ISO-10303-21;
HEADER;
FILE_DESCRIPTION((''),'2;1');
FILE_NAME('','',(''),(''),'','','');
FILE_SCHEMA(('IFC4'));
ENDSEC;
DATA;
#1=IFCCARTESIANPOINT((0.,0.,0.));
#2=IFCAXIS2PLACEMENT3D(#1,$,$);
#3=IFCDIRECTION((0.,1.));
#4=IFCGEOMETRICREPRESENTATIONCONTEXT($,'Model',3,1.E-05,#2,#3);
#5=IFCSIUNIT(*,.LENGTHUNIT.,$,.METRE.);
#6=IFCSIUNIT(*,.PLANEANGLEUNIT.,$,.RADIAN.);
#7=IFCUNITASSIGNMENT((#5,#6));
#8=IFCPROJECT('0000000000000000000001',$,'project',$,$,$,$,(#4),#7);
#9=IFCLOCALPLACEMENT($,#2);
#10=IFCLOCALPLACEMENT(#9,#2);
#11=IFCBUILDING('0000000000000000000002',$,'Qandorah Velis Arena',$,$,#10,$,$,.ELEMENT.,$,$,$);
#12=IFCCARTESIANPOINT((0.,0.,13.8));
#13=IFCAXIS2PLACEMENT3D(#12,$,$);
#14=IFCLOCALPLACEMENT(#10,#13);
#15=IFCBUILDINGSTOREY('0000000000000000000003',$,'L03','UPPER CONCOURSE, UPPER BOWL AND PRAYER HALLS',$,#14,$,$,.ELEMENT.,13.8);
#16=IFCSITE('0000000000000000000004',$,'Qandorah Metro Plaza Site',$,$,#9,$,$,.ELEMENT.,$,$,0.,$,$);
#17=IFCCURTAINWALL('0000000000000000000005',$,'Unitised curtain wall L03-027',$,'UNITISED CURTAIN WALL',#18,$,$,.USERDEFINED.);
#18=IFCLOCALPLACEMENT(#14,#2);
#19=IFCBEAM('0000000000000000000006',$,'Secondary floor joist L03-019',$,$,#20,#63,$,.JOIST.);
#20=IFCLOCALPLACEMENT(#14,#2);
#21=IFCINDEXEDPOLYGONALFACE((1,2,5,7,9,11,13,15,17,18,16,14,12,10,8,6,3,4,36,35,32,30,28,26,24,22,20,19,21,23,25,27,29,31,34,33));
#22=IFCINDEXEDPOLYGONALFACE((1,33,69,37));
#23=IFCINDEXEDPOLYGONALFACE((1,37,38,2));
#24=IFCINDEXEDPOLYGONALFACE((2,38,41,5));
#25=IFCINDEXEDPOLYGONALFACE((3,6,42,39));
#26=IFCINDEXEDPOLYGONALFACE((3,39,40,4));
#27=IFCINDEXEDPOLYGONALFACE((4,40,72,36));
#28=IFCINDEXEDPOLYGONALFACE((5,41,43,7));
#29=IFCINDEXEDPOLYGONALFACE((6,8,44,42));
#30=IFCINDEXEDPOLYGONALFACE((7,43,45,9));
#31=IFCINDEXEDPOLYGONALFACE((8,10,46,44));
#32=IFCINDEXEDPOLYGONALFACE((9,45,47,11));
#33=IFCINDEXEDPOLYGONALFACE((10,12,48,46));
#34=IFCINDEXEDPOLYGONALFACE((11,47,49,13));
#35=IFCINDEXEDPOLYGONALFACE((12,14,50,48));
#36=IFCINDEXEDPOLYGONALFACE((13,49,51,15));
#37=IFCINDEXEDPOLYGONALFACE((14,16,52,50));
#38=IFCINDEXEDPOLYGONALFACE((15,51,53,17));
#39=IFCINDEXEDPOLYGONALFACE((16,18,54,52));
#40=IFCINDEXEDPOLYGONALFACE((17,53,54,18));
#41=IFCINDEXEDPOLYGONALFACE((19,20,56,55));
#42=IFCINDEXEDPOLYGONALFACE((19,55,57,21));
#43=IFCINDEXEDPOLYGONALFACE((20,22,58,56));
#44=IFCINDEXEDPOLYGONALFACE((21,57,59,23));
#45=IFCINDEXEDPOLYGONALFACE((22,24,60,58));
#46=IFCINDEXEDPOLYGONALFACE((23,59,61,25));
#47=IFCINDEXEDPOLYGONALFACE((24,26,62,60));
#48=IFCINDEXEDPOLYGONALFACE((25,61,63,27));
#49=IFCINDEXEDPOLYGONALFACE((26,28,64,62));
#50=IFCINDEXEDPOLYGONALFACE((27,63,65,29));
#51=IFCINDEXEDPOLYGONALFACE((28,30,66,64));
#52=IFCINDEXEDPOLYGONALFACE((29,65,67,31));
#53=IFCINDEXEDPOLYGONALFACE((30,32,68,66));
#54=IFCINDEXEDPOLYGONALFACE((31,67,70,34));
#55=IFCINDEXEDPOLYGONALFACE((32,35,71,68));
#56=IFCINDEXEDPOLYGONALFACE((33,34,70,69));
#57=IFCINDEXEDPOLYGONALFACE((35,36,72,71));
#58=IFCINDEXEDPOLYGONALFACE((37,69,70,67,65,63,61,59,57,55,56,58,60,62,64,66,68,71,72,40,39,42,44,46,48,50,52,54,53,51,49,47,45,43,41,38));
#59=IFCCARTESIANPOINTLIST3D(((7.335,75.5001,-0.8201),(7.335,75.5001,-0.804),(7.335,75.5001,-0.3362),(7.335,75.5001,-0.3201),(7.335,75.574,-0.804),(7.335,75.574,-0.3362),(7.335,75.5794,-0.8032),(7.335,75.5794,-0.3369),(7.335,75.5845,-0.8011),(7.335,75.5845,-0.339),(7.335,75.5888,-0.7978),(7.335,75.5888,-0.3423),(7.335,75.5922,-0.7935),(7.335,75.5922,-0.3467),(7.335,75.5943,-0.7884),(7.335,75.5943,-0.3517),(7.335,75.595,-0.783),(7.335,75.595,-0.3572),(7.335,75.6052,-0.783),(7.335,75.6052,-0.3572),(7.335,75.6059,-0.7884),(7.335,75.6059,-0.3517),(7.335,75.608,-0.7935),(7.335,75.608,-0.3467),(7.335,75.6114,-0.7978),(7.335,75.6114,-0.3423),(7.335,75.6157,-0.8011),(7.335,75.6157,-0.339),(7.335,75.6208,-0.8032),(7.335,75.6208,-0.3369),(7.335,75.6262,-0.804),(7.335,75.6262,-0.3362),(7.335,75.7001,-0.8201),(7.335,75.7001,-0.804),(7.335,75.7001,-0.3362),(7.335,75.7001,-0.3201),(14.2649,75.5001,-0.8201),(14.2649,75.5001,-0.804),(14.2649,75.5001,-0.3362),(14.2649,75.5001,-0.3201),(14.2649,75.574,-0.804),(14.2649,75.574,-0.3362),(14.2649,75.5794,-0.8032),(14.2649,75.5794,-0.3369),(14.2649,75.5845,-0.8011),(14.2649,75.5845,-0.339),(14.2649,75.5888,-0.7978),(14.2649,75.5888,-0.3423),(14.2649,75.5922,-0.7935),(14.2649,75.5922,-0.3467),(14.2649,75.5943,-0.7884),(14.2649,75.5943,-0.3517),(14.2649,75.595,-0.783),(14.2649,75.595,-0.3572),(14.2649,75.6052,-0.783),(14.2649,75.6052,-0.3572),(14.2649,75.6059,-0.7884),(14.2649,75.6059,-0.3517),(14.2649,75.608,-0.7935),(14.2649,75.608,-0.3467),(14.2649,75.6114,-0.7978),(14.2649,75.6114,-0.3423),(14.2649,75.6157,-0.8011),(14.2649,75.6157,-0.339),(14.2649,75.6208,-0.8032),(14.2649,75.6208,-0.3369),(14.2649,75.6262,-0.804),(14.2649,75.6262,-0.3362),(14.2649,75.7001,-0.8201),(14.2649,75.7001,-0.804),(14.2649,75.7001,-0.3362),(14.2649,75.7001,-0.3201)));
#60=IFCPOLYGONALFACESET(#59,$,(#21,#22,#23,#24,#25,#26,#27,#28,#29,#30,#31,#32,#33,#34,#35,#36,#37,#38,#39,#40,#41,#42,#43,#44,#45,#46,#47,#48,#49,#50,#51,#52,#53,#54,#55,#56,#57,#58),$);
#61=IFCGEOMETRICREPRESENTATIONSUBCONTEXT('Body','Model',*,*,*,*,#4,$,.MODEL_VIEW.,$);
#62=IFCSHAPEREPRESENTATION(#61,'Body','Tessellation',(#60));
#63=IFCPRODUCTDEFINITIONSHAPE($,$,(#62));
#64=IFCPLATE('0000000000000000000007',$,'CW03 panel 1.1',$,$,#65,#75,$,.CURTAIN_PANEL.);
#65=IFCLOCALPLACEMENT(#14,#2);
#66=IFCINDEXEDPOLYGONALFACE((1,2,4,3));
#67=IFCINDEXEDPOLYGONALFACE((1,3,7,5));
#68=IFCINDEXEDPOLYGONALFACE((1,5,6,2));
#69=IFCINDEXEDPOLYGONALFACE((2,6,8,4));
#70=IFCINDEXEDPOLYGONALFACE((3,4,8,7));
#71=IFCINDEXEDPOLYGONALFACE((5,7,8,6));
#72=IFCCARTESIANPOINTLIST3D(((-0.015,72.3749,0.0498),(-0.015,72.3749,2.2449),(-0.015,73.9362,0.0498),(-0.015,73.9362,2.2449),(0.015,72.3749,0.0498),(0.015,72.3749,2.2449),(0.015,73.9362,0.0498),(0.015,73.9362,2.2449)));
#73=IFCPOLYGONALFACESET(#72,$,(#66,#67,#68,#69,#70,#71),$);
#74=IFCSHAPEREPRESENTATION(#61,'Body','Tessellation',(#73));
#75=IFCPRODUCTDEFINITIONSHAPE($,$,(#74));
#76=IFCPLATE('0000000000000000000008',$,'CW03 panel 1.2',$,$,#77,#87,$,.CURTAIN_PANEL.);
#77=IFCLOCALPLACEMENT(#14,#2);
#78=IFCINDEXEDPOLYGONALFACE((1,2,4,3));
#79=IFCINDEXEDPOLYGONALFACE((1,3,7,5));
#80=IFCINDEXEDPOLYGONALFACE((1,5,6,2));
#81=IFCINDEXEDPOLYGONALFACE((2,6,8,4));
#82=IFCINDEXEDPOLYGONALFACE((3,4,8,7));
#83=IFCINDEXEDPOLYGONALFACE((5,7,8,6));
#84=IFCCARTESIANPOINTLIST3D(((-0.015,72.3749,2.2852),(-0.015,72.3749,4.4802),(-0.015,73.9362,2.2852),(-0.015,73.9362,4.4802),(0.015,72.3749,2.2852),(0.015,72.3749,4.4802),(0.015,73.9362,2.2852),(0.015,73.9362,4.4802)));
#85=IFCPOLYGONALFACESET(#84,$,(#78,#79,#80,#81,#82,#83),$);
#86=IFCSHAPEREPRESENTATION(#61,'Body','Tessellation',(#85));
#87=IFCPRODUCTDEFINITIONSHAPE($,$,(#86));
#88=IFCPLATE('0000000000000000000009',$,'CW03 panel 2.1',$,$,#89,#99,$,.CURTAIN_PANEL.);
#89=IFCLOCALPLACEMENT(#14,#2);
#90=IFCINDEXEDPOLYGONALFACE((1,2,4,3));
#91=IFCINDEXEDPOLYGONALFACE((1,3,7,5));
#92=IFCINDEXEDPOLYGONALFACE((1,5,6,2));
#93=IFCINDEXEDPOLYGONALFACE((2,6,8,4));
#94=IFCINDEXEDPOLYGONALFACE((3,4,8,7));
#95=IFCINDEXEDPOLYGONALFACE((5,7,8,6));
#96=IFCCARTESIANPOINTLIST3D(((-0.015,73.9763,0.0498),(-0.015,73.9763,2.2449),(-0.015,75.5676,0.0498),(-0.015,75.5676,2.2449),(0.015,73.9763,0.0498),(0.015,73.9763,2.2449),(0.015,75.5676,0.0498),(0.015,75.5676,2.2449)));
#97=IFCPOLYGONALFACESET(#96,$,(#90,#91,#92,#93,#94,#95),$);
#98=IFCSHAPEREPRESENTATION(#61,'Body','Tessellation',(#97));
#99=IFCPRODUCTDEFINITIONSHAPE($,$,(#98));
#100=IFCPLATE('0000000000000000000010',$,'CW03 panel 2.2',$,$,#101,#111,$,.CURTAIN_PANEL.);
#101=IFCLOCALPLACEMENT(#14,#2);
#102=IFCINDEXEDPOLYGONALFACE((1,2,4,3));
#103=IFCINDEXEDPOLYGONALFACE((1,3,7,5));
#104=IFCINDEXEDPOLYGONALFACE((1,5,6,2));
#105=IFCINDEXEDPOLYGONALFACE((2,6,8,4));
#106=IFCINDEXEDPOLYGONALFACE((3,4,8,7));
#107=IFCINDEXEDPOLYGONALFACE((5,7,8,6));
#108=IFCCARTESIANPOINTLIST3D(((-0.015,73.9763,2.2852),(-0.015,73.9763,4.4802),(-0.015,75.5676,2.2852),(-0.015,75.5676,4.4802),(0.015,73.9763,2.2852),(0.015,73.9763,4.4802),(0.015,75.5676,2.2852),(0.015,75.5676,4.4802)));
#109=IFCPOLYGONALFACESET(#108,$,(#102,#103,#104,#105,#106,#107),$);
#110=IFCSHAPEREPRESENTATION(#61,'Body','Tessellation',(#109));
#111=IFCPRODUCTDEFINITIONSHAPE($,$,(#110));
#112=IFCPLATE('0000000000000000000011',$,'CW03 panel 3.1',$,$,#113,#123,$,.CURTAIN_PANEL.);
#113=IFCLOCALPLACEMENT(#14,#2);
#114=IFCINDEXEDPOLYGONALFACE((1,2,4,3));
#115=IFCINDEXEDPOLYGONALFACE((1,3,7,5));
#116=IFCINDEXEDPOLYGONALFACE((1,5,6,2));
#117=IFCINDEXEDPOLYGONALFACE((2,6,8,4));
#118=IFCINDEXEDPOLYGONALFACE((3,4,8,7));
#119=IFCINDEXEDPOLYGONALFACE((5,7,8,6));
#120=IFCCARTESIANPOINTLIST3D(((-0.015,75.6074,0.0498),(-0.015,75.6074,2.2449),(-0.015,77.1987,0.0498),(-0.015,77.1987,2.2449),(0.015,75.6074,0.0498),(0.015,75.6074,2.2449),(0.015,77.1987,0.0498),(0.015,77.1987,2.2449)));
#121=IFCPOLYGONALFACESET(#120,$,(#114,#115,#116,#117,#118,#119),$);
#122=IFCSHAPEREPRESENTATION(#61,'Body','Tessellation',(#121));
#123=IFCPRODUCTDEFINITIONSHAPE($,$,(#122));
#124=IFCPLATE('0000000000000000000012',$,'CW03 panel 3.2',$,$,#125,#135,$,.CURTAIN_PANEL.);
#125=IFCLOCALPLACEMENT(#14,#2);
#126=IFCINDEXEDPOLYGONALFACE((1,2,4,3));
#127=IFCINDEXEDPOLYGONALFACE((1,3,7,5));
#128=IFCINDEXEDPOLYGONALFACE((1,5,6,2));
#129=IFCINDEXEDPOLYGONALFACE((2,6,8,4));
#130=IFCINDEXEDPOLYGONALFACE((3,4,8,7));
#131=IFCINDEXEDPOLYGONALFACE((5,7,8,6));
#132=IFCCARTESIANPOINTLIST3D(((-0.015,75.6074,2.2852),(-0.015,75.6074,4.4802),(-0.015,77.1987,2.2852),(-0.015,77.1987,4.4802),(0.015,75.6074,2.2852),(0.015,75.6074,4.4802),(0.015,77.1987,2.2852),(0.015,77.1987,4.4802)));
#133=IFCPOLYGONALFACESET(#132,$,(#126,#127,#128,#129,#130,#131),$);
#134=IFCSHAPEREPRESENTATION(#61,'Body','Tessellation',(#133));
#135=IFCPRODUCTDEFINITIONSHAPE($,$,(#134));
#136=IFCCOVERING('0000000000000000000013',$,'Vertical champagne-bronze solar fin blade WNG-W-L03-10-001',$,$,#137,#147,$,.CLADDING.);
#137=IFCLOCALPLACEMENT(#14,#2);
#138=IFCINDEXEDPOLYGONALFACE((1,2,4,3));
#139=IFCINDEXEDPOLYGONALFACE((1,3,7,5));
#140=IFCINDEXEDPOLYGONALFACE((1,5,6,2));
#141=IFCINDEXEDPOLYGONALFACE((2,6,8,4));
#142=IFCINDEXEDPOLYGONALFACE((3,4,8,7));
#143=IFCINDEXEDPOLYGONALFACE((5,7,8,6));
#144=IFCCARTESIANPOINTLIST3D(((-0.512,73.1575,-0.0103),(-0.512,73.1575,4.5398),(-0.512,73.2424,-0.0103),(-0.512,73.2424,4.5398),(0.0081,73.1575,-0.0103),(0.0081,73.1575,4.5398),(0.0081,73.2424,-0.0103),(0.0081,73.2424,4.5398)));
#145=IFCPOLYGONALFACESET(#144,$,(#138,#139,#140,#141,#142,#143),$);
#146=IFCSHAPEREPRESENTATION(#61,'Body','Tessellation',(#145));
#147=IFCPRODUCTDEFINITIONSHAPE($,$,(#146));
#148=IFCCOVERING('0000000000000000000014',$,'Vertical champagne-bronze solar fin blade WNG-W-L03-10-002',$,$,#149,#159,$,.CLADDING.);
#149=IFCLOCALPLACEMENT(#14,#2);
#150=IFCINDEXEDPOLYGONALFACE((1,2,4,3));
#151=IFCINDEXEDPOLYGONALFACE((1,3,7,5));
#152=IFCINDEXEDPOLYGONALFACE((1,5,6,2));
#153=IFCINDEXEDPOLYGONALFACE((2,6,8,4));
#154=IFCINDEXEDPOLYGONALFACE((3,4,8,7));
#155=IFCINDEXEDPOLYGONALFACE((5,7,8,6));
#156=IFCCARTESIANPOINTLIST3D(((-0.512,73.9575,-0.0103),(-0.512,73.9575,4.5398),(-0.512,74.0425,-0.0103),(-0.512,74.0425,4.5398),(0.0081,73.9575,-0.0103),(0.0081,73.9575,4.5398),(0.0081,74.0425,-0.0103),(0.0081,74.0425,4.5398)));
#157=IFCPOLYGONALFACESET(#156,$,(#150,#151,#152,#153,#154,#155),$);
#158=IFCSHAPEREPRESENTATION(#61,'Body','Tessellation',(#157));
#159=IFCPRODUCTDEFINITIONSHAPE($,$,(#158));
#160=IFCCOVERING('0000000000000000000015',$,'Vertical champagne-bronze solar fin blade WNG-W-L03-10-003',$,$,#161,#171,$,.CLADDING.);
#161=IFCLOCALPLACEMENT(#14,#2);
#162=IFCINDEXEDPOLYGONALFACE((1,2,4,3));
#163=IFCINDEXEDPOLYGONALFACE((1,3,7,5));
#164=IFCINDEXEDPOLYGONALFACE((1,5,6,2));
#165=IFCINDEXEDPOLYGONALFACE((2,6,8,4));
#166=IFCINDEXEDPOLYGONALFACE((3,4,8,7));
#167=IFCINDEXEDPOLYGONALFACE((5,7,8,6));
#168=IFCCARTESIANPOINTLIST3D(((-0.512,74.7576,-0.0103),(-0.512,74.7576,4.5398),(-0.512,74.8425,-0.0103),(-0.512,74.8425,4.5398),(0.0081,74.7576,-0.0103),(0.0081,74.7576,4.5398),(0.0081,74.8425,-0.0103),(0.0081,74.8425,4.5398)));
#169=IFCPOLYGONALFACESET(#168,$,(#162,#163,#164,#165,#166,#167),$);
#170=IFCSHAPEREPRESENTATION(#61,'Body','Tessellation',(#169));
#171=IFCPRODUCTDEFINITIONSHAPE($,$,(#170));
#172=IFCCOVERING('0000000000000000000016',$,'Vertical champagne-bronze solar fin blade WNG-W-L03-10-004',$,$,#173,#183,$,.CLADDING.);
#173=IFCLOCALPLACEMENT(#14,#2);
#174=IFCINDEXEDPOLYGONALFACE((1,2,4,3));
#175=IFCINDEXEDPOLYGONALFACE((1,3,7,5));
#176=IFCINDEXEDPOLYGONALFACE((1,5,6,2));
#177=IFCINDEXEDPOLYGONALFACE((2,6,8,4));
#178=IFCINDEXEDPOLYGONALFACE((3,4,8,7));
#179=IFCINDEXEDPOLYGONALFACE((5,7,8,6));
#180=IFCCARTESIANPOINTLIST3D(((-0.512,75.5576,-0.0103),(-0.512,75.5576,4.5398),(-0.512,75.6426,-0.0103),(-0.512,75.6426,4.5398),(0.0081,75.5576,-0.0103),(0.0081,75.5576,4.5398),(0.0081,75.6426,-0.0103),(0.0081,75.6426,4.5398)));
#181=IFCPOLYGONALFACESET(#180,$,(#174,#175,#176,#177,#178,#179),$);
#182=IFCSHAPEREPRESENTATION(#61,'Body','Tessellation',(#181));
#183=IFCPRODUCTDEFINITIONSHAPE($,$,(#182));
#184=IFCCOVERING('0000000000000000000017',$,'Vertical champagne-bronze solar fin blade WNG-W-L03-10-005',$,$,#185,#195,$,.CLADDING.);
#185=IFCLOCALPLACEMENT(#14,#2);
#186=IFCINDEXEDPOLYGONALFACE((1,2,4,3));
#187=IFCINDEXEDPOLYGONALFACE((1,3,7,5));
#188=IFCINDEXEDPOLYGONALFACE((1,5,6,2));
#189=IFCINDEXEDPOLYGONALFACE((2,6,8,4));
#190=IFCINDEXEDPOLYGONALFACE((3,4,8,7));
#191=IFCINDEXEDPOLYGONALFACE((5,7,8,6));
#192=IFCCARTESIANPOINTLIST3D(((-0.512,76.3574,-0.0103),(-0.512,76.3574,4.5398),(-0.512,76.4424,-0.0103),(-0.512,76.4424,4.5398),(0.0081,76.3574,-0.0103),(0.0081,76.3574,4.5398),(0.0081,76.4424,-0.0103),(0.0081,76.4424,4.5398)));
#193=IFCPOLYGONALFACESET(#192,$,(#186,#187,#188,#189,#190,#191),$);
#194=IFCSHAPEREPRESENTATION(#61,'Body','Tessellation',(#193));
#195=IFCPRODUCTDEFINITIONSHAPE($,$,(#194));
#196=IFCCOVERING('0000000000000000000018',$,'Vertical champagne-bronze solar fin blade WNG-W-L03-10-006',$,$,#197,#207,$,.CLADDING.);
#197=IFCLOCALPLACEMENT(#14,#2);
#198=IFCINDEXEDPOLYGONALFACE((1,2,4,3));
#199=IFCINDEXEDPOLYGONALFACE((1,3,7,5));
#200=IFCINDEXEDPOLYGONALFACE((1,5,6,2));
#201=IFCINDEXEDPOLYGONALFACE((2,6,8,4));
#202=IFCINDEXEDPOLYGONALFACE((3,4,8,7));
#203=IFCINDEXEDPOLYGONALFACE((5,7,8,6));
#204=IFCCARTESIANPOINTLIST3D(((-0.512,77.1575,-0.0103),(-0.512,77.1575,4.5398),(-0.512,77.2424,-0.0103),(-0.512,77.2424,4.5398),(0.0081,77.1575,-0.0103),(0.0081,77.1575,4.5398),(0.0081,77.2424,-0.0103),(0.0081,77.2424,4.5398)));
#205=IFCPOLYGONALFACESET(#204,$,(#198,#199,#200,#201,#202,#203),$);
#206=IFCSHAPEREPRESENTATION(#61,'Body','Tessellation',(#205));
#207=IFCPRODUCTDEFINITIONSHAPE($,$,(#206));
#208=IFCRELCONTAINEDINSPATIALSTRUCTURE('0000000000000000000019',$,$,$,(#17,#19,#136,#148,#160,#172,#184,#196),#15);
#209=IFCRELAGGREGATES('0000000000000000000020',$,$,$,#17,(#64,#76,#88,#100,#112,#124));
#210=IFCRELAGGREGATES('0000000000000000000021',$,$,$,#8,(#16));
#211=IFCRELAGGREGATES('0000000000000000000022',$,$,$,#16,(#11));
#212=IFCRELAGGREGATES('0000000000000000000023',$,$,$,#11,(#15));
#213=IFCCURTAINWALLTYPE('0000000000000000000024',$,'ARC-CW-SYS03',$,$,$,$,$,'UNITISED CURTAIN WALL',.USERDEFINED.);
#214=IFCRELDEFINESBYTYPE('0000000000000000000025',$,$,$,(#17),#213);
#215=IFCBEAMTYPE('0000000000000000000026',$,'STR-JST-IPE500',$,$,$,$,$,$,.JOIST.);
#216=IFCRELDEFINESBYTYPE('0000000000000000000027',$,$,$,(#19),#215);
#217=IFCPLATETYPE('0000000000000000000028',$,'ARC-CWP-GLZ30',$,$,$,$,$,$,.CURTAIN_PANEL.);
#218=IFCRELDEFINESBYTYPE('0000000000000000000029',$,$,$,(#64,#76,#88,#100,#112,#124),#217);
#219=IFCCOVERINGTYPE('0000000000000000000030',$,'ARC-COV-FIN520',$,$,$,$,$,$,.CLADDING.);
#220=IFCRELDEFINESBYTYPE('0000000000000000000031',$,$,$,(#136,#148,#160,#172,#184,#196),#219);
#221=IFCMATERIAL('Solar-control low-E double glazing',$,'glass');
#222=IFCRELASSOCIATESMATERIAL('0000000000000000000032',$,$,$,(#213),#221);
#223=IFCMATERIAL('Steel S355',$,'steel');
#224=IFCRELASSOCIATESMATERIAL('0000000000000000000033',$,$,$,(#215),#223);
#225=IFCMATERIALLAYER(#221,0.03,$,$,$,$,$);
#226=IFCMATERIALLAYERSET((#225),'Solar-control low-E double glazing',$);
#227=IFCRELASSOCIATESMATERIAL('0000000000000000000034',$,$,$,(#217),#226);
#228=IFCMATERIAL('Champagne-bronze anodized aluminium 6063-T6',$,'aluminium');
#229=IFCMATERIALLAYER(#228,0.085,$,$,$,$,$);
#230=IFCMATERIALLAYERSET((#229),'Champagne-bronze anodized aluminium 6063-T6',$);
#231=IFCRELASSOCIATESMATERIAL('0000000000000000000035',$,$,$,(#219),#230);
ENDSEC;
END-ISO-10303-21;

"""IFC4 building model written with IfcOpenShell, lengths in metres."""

from ifc_helpers import new_model, si_unit, direction, frame, origin, origin_2d, place, context, subcontext, project, spatial, rectangle, i_section, extrude, material, layer, layer_set, material_profile, profile_set, type_object, element, aggregate, save


model = new_model("IFC4")

# Units and contexts
model_context = context("Model", 3, precision=1e-05, world=origin(), true_north=direction((0.0, 1.0)))
body_context = subcontext(model_context, "Body", "Model", "MODEL_VIEW")
ifc_project = project(units=[si_unit("LENGTHUNIT", "METRE"), si_unit("PLANEANGLEUNIT", "RADIAN")], contexts=[model_context])

# Site, building, storey
site_placement = place(None, origin())
site = spatial("IfcSite", under=ifc_project, at=site_placement, Name="Qandorah Metro Plaza Site", CompositionType="ELEMENT", RefElevation=0.0)
building_placement = place(site_placement, origin())
building = spatial("IfcBuilding", under=site, at=building_placement, Name="Qandorah Velis Arena", CompositionType="ELEMENT")
storey_placement = place(building_placement, frame((0.0, 0.0, 13.8)))
storey = spatial("IfcBuildingStorey", under=building, at=storey_placement, Name="L03", Description="UPPER CONCOURSE, UPPER BOWL AND PRAYER HALLS", CompositionType="ELEMENT", Elevation=13.8)

# Curtain wall
ifc_material_1 = material(Name="Solar-control low-E double glazing", Category="glass")
curtain_wall_type = type_object("IfcCurtainWallType", Name="ARC-CW-SYS03", ElementType="UNITISED CURTAIN WALL", PredefinedType="USERDEFINED", material=ifc_material_1)
curtain_wall_placement = place(storey_placement, origin())
curtain_wall = element("IfcCurtainWall", 1, at=curtain_wall_placement, inside=storey, type_object=curtain_wall_type, Name="Unitised curtain wall L03-027", ObjectType="UNITISED CURTAIN WALL", PredefinedType="USERDEFINED")
ifc_material_2 = material(Name="Champagne-bronze anodized aluminium 6063-T6", Category="aluminium")

# Beam
ifc_material_3 = material(Name="Steel S355", Category="steel")
ifc_material_profile_1 = material_profile(ifc_material_3, i_section(OverallWidth=0.2, OverallDepth=0.5, WebThickness=0.0103, FlangeThickness=0.0161, FilletRadius=0.021, at=origin_2d()), Name="IPE 500")
ifc_profile_set_1 = profile_set([ifc_material_profile_1], Name="Steel S355")
beam_type_1 = type_object("IfcBeamType", Name="STR-JST-IPE500", PredefinedType="JOIST", material=ifc_profile_set_1)
beam_1_placement = place(storey_placement, frame((7.335, 75.6001, -0.5701), z_axis=(1.0, 0.0, 0.0), x_axis=(0.0, 1.0, 0.0)))
element("IfcBeam", 2, at=beam_1_placement, inside=storey, type_object=beam_type_1, Name="Secondary floor joist L03-019", PredefinedType="JOIST", context=body_context, shape_type="SweptSolid", body=[
    extrude(i_section(OverallWidth=0.2, OverallDepth=0.5, WebThickness=0.0103, FlangeThickness=0.0161, FilletRadius=0.021, at=origin_2d()), origin(), (0.0, 0.0, 1.0), 6.9299),
])

# Plates
ifc_layer_1 = layer(ifc_material_1, 0.03)
ifc_layer_set_1 = layer_set([ifc_layer_1], Name="Solar-control low-E double glazing")
plate_type = type_object("IfcPlateType", Name="ARC-CWP-GLZ30", PredefinedType="CURTAIN_PANEL", material=ifc_layer_set_1)
plate_1_placement = place(storey_placement, frame((0.0, 73.1555, 0.0498), z_axis=(0.0, 0.0, 1.0), x_axis=(0.0, 1.0, 0.0)))
plate_1 = element("IfcPlate", 3, at=plate_1_placement, type_object=plate_type, Name="CW03 panel 1.1", PredefinedType="CURTAIN_PANEL", context=body_context, shape_type="SweptSolid", body=[
    extrude(rectangle(XDim=1.5613, YDim=0.03, at=origin_2d()), origin(), (0.0, 0.0, 1.0), 2.1951),
])
plate_2_placement = place(storey_placement, frame((0.0, 73.1555, 2.2852), z_axis=(0.0, 0.0, 1.0), x_axis=(0.0, 1.0, 0.0)))
plate_2 = element("IfcPlate", 4, at=plate_2_placement, type_object=plate_type, Name="CW03 panel 1.2", PredefinedType="CURTAIN_PANEL", context=body_context, shape_type="SweptSolid", body=[
    extrude(rectangle(XDim=1.5613, YDim=0.03, at=origin_2d()), origin(), (0.0, 0.0, 1.0), 2.1951),
])
plate_3_placement = place(storey_placement, frame((0.0, 74.772, 0.0498), z_axis=(0.0, 0.0, 1.0), x_axis=(0.0, 1.0, 0.0)))
plate_3 = element("IfcPlate", 5, at=plate_3_placement, type_object=plate_type, Name="CW03 panel 2.1", PredefinedType="CURTAIN_PANEL", context=body_context, shape_type="SweptSolid", body=[
    extrude(rectangle(XDim=1.5913, YDim=0.03, at=origin_2d()), origin(), (0.0, 0.0, 1.0), 2.1951),
])
plate_4_placement = place(storey_placement, frame((0.0, 74.772, 2.2852), z_axis=(0.0, 0.0, 1.0), x_axis=(0.0, 1.0, 0.0)))
plate_4 = element("IfcPlate", 6, at=plate_4_placement, type_object=plate_type, Name="CW03 panel 2.2", PredefinedType="CURTAIN_PANEL", context=body_context, shape_type="SweptSolid", body=[
    extrude(rectangle(XDim=1.5913, YDim=0.03, at=origin_2d()), origin(), (0.0, 0.0, 1.0), 2.1951),
])
plate_5_placement = place(storey_placement, frame((0.0, 76.4031, 0.0498), z_axis=(0.0, 0.0, 1.0), x_axis=(0.0, 1.0, 0.0)))
plate_5 = element("IfcPlate", 7, at=plate_5_placement, type_object=plate_type, Name="CW03 panel 3.1", PredefinedType="CURTAIN_PANEL", context=body_context, shape_type="SweptSolid", body=[
    extrude(rectangle(XDim=1.5913, YDim=0.03, at=origin_2d()), origin(), (0.0, 0.0, 1.0), 2.1951),
])
plate_6_placement = place(storey_placement, frame((0.0, 76.4031, 2.2852), z_axis=(0.0, 0.0, 1.0), x_axis=(0.0, 1.0, 0.0)))
plate_6 = element("IfcPlate", 8, at=plate_6_placement, type_object=plate_type, Name="CW03 panel 3.2", PredefinedType="CURTAIN_PANEL", context=body_context, shape_type="SweptSolid", body=[
    extrude(rectangle(XDim=1.5913, YDim=0.03, at=origin_2d()), origin(), (0.0, 0.0, 1.0), 2.1951),
])
aggregate(curtain_wall, [plate_1, plate_2, plate_3, plate_4, plate_5, plate_6])

# Coverings
ifc_layer_2 = layer(ifc_material_2, 0.085)
ifc_layer_set_2 = layer_set([ifc_layer_2], Name="Champagne-bronze anodized aluminium 6063-T6")
covering_type = type_object("IfcCoveringType", Name="ARC-COV-FIN520", PredefinedType="CLADDING", material=ifc_layer_set_2)
for number, where, z_axis, x_axis, name in (
    (9, (-0.252, 73.2, -0.0103), (0.0, 0.0, 1.0), (1.0, 0.0, 0.0), "Vertical champagne-bronze solar fin blade WNG-W-L03-10-001"),
    (10, (-0.252, 74.0, -0.0103), (0.0, 0.0, 1.0), (1.0, 0.0, 0.0), "Vertical champagne-bronze solar fin blade WNG-W-L03-10-002"),
    (11, (-0.252, 74.8, -0.0103), (0.0, 0.0, 1.0), (1.0, 0.0, 0.0), "Vertical champagne-bronze solar fin blade WNG-W-L03-10-003"),
    (12, (-0.252, 75.6001, -0.0103), (0.0, 0.0, 1.0), (1.0, 0.0, 0.0), "Vertical champagne-bronze solar fin blade WNG-W-L03-10-004"),
    (13, (-0.252, 76.3999, -0.0103), (0.0, 0.0, 1.0), (1.0, 0.0, 0.0), "Vertical champagne-bronze solar fin blade WNG-W-L03-10-005"),
    (14, (-0.252, 77.2, -0.0103), (0.0, 0.0, 1.0), (1.0, 0.0, 0.0), "Vertical champagne-bronze solar fin blade WNG-W-L03-10-006"),
):
    element("IfcCovering", number, at=place(storey_placement, frame(where, z_axis=z_axis, x_axis=x_axis)), inside=storey, type_object=covering_type, Name=name, PredefinedType="CLADDING", context=body_context, shape_type="SweptSolid", body=[
        extrude(rectangle(XDim=0.52, YDim=0.085, at=origin_2d()), origin(), (0.0, 0.0, 1.0), 4.55),
    ])

save(model, "model.ifc")
